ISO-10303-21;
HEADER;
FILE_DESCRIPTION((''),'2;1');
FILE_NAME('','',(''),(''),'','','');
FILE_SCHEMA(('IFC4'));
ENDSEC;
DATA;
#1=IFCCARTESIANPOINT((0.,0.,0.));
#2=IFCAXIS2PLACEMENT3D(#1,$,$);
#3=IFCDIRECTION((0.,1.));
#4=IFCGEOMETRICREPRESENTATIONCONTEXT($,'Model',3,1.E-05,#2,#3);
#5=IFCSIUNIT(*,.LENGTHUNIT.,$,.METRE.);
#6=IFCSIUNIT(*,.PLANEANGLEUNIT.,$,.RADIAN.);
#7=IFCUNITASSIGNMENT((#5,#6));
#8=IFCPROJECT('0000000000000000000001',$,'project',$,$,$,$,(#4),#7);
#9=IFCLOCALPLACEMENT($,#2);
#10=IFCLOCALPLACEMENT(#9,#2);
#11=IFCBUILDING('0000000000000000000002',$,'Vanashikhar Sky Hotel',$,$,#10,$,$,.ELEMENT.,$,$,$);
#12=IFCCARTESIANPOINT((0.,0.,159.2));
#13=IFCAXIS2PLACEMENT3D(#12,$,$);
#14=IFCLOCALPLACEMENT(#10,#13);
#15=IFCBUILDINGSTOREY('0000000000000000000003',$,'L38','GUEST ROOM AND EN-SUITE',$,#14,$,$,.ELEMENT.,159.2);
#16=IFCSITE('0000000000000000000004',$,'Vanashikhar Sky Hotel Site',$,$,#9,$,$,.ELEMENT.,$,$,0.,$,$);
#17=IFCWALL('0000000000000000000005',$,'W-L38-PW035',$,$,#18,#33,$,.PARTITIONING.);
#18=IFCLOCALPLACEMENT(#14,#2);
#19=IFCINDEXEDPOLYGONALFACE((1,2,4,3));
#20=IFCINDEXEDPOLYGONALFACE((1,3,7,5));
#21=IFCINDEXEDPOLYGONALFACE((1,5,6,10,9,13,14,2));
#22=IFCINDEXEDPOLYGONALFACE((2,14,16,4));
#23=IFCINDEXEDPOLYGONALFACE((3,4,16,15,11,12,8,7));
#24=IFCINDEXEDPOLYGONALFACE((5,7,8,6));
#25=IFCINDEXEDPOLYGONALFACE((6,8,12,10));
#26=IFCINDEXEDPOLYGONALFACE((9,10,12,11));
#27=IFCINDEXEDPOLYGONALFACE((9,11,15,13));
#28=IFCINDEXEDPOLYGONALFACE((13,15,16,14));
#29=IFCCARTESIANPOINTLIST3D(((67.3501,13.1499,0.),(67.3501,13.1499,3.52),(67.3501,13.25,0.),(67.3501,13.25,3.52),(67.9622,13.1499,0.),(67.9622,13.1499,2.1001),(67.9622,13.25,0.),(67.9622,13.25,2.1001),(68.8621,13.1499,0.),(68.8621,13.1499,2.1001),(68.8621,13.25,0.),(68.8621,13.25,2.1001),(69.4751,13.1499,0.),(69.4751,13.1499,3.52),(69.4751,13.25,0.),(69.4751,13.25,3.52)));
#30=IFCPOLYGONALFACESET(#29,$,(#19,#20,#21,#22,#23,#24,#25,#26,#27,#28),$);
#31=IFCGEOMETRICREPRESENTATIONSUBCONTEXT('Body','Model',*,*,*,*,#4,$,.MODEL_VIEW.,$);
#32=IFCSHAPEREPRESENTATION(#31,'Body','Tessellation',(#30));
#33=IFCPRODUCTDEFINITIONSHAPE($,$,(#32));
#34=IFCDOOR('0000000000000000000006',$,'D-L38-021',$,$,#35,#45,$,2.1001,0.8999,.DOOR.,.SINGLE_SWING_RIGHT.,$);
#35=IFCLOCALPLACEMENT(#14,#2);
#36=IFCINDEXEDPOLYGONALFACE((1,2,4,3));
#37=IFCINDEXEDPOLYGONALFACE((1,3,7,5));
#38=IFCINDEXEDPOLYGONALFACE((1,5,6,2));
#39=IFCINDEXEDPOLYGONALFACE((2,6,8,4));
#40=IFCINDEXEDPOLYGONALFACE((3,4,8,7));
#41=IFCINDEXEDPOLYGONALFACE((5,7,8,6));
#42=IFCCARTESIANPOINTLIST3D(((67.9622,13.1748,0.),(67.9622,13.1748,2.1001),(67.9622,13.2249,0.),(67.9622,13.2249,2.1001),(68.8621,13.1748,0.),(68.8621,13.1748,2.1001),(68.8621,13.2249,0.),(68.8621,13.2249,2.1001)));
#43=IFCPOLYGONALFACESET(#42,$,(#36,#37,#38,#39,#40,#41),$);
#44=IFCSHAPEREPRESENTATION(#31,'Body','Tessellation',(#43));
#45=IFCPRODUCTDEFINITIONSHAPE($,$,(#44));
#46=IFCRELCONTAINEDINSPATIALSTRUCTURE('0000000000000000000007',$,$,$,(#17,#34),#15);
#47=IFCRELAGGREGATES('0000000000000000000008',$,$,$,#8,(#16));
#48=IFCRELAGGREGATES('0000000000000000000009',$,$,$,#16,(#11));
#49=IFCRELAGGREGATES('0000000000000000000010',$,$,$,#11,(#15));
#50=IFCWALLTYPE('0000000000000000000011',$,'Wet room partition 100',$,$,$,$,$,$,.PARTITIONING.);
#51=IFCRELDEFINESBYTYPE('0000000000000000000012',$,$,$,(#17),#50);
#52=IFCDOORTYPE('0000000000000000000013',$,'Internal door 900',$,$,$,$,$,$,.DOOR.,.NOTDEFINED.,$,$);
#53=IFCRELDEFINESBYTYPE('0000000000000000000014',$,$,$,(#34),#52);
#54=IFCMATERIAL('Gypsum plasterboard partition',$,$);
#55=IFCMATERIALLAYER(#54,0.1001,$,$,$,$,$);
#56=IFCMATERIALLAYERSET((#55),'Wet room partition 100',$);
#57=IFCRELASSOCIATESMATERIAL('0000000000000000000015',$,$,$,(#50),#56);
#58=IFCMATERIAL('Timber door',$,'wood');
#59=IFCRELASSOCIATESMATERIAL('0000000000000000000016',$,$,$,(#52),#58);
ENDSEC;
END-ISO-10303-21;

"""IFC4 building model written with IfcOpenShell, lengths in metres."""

from ifc_helpers import new_model, si_unit, direction, frame, frame_2d, origin, place, context, subcontext, project, spatial, rectangle, extrude, source, transform, mapped, material, layer, layer_set, type_object, element, fill, save


model = new_model("IFC4")

# Units and contexts
model_context = context("Model", 3, precision=1e-05, world=origin(), true_north=direction((0.0, 1.0)))
body_context = subcontext(model_context, "Body", "Model", "MODEL_VIEW")
ifc_project = project(units=[si_unit("LENGTHUNIT", "METRE"), si_unit("PLANEANGLEUNIT", "RADIAN")], contexts=[model_context])

# Site, building, storey
site_placement = place(None, origin())
site = spatial("IfcSite", under=ifc_project, at=site_placement, Name="Vanashikhar Sky Hotel Site", CompositionType="ELEMENT", RefElevation=0.0)
building_placement = place(site_placement, origin())
building = spatial("IfcBuilding", under=site, at=building_placement, Name="Vanashikhar Sky Hotel", CompositionType="ELEMENT")
storey_placement = place(building_placement, frame((0.0, 0.0, 159.2)))
storey = spatial("IfcBuildingStorey", under=building, at=storey_placement, Name="L38", Description="GUEST ROOM AND EN-SUITE", CompositionType="ELEMENT", Elevation=159.2)

# Shared definitions
ifc_material_1 = material(Name="Gypsum plasterboard partition")

# Wall, opening, door
ifc_layer_1 = layer(ifc_material_1, 0.1001)
ifc_layer_set_1 = layer_set([ifc_layer_1], Name="Wet room partition 100")
wall_type_1 = type_object("IfcWallType", Name="Wet room partition 100", PredefinedType="PARTITIONING", material=ifc_layer_set_1)
shared_shape_1 = source(origin(), body_context, "Body", "SweptSolid", [
    extrude(rectangle(XDim=2.125, YDim=0.1001, at=frame_2d((1.0625, 0.0))), origin(), (0.0, 0.0, 1.0), 3.52),
])
shared_shape_2 = source(origin(), body_context, "Body", "SweptSolid", [
    extrude(rectangle(XDim=0.8999, YDim=2.1001, at=frame_2d((0.45, 1.05))), frame((0.0, 0.0601, 0.0), z_axis=(0.0, -1.0, 0.0), x_axis=(1.0, 0.0, 0.0)), (0.0, 0.0, 1.0), 0.1201),
])
ifc_material_2 = material(Name="Timber door", Category="wood")
door_type_1 = type_object("IfcDoorType", Name="Internal door 900", OperationType="NOTDEFINED", PredefinedType="DOOR", material=ifc_material_2)
shared_shape_3 = source(origin(), body_context, "Body", "SweptSolid", [
    extrude(rectangle(XDim=0.8999, YDim=2.1001, at=frame_2d((0.45, 1.05))), frame((0.0, 0.0249, 0.0), z_axis=(0.0, -1.0, 0.0), x_axis=(1.0, 0.0, 0.0)), (0.0, 0.0, 1.0), 0.05),
])
wall_1_placement = place(storey_placement, frame((67.3501, 13.2, 0.0), z_axis=(0.0, 0.0, 1.0), x_axis=(1.0, 0.0, 0.0)))
wall_1 = element("IfcWall", 1, at=wall_1_placement, inside=storey, type_object=wall_type_1, Name="W-L38-PW035", PredefinedType="PARTITIONING", context=body_context, shape_type="MappedRepresentation", body=[
    mapped(shared_shape_1, transform((0.0, 0.0, 0.0), scale=1.0)),
])
opening_1_placement = place(wall_1_placement, frame((0.6121, 0.0, 0.0)))
opening_1 = element("IfcOpeningElement", 2, at=opening_1_placement, cuts=wall_1, PredefinedType="OPENING", context=body_context, shape_type="MappedRepresentation", body=[
    mapped(shared_shape_2, transform((0.0, 0.0, 0.0), scale=1.0)),
])
door_1_placement = place(opening_1_placement, origin())
door_1 = element("IfcDoor", 3, at=door_1_placement, inside=storey, type_object=door_type_1, Name="D-L38-021", OperationType="SINGLE_SWING_RIGHT", OverallHeight=2.1001, OverallWidth=0.8999, PredefinedType="DOOR", context=body_context, shape_type="MappedRepresentation", body=[
    mapped(shared_shape_3, transform((0.0, 0.0, 0.0), scale=1.0)),
])
fill(opening_1, door_1)

save(model, "model.ifc")
